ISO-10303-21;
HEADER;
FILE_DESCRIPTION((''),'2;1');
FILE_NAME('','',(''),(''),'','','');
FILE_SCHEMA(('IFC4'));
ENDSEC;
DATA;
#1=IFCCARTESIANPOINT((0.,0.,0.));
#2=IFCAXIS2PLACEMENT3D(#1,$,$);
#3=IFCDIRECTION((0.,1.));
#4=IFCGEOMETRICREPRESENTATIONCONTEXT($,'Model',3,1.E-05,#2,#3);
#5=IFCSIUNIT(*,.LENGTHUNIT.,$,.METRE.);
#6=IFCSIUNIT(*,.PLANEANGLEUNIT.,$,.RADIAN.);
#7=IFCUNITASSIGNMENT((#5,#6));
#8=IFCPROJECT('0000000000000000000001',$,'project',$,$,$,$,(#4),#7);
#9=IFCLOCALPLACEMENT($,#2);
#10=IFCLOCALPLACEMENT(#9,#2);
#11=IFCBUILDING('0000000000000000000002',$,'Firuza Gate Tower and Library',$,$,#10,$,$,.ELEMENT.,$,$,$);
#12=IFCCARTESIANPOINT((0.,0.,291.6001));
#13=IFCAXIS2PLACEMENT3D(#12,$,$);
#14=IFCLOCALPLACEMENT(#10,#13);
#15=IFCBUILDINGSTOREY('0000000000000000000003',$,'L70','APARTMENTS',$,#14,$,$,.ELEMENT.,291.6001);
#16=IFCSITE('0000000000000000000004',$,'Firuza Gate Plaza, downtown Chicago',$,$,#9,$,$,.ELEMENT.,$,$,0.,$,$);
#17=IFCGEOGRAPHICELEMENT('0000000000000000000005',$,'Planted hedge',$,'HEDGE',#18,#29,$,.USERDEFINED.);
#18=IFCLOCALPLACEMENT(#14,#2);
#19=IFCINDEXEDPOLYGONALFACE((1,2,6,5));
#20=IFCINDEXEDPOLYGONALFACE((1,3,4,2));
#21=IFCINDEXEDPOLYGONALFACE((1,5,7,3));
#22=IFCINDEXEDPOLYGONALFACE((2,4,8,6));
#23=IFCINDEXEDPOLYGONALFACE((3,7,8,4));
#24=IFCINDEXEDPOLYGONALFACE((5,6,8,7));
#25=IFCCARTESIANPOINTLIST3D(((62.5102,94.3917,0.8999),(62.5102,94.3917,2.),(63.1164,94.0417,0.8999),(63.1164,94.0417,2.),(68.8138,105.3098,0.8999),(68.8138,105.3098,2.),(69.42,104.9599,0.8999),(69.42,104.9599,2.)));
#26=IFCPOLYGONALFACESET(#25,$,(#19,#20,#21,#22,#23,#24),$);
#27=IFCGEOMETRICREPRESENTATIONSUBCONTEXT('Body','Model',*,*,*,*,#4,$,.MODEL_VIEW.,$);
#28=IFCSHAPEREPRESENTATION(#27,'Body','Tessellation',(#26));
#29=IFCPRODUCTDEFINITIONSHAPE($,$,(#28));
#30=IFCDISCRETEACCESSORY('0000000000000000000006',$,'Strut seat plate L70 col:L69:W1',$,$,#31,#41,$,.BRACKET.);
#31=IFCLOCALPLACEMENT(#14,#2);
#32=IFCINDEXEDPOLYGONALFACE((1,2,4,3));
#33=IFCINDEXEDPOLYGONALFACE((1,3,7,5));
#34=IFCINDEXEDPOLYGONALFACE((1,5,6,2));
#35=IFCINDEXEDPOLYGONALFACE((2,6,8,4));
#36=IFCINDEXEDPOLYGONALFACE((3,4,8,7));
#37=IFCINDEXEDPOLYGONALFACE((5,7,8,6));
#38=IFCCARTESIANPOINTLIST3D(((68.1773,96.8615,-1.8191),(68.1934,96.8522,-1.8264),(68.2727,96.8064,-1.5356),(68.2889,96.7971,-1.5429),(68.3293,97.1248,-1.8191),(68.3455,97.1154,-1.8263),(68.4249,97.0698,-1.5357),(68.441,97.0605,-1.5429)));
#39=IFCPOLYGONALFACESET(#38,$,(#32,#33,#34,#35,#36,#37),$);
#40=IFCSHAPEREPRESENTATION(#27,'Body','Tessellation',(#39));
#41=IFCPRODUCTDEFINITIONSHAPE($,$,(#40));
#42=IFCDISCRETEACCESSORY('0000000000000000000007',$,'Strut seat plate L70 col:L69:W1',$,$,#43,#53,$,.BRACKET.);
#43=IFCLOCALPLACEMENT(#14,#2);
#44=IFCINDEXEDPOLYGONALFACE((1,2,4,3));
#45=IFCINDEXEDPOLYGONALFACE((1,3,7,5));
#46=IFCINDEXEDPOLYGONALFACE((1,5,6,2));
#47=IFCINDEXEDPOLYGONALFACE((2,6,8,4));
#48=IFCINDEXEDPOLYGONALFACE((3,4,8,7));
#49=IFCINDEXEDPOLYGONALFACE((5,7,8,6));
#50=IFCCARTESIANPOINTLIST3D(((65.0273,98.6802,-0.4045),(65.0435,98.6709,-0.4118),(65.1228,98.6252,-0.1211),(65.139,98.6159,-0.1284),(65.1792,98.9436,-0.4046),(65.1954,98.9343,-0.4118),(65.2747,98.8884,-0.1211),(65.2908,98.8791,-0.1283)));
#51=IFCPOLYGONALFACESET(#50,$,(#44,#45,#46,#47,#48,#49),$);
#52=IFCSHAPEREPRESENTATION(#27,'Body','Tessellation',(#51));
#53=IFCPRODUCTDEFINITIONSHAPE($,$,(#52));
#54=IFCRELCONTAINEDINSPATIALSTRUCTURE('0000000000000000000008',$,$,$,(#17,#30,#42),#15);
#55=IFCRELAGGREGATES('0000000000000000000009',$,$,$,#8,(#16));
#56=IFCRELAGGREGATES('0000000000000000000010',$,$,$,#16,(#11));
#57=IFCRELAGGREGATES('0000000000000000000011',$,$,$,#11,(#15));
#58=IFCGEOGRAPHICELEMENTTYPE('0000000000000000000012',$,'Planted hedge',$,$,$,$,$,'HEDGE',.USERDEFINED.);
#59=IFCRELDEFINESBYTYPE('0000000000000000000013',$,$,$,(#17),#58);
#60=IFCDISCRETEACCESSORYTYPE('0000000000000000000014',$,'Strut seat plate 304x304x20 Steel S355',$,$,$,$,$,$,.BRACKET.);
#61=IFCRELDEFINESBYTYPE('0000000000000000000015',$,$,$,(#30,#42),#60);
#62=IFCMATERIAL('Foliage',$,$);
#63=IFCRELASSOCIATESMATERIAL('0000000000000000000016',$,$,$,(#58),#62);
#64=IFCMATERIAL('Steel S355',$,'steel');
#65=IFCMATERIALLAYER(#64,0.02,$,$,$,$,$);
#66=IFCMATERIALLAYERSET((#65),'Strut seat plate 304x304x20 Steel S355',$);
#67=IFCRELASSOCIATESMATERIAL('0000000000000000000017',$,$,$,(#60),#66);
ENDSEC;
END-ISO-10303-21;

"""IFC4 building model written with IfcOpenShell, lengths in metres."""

from ifc_helpers import new_model, si_unit, direction, frame, origin, origin_2d, place, context, subcontext, project, spatial, polyline, rectangle, outline, extrude, material, layer, layer_set, type_object, element, save


model = new_model("IFC4")

# Units and contexts
model_context = context("Model", 3, precision=1e-05, world=origin(), true_north=direction((0.0, 1.0)))
body_context = subcontext(model_context, "Body", "Model", "MODEL_VIEW")
ifc_project = project(units=[si_unit("LENGTHUNIT", "METRE"), si_unit("PLANEANGLEUNIT", "RADIAN")], contexts=[model_context])

# Site, building, storey
site_placement = place(None, origin())
site = spatial("IfcSite", under=ifc_project, at=site_placement, Name="Firuza Gate Plaza, downtown Chicago", CompositionType="ELEMENT", RefElevation=0.0)
building_placement = place(site_placement, origin())
building = spatial("IfcBuilding", under=site, at=building_placement, Name="Firuza Gate Tower and Library", CompositionType="ELEMENT")
storey_placement = place(building_placement, frame((0.0, 0.0, 291.6001)))
storey = spatial("IfcBuildingStorey", under=building, at=storey_placement, Name="L70", Description="APARTMENTS", CompositionType="ELEMENT", Elevation=291.6001)

# Geographic element
ifc_material_1 = material(Name="Foliage")
geographic_element_type = type_object("IfcGeographicElementType", Name="Planted hedge", ElementType="HEDGE", PredefinedType="USERDEFINED", material=ifc_material_1)
geographic_element_placement = place(storey_placement, frame((65.9651, 99.6758, 0.8999), z_axis=(0.0, 0.0, 1.0), x_axis=(-0.5, -0.866025, 0.0)))
element("IfcGeographicElement", 1, at=geographic_element_placement, inside=storey, type_object=geographic_element_type, Name="Planted hedge", ObjectType="HEDGE", PredefinedType="USERDEFINED", context=body_context, shape_type="SweptSolid", body=[
    extrude(rectangle(XDim=12.6072, YDim=0.7, at=origin_2d()), origin(), (0.0, 0.0, 1.0), 1.1001),
])

# Discrete accessories
ifc_material_2 = material(Name="Steel S355", Category="steel")
ifc_layer_1 = layer(ifc_material_2, 0.02)
ifc_layer_set_1 = layer_set([ifc_layer_1], Name="Strut seat plate 304x304x20 Steel S355")
discrete_accessory_type = type_object("IfcDiscreteAccessoryType", Name="Strut seat plate 304x304x20 Steel S355", PredefinedType="BRACKET", material=ifc_layer_set_1)
discrete_accessory_1_placement = place(storey_placement, frame((68.2727, 96.8064, -1.5356), z_axis=(-0.807065, 0.466204, 0.362353), x_axis=(0.500175, 0.865925, -0.000068)))
element("IfcDiscreteAccessory", 2, at=discrete_accessory_1_placement, inside=storey, type_object=discrete_accessory_type, Name="Strut seat plate L70 col:L69:W1", PredefinedType="BRACKET", context=body_context, shape_type="SweptSolid", body=[
    extrude(outline(polyline([(0.0, 0.0), (0.3042, 0.0), (0.304, 0.3041), (0.0001, 0.3041), (0.0, 0.0)])), origin(), (0.0, 0.0, -1.0), 0.02),
])
discrete_accessory_2_placement = place(storey_placement, frame((65.2747, 98.8884, -0.1211), z_axis=(-0.807389, 0.465643, 0.362353), x_axis=(-0.499618, -0.866246, -0.000068)))
element("IfcDiscreteAccessory", 3, at=discrete_accessory_2_placement, inside=storey, type_object=discrete_accessory_type, Name="Strut seat plate L70 col:L69:W1", PredefinedType="BRACKET", context=body_context, shape_type="SweptSolid", body=[
    extrude(outline(polyline([(0.0, 0.0), (0.3039, 0.0), (0.304, -0.3041), (-0.0001, -0.3041), (0.0, 0.0)])), origin(), (0.0, 0.0, -1.0), 0.02),
])

save(model, "model.ifc")
